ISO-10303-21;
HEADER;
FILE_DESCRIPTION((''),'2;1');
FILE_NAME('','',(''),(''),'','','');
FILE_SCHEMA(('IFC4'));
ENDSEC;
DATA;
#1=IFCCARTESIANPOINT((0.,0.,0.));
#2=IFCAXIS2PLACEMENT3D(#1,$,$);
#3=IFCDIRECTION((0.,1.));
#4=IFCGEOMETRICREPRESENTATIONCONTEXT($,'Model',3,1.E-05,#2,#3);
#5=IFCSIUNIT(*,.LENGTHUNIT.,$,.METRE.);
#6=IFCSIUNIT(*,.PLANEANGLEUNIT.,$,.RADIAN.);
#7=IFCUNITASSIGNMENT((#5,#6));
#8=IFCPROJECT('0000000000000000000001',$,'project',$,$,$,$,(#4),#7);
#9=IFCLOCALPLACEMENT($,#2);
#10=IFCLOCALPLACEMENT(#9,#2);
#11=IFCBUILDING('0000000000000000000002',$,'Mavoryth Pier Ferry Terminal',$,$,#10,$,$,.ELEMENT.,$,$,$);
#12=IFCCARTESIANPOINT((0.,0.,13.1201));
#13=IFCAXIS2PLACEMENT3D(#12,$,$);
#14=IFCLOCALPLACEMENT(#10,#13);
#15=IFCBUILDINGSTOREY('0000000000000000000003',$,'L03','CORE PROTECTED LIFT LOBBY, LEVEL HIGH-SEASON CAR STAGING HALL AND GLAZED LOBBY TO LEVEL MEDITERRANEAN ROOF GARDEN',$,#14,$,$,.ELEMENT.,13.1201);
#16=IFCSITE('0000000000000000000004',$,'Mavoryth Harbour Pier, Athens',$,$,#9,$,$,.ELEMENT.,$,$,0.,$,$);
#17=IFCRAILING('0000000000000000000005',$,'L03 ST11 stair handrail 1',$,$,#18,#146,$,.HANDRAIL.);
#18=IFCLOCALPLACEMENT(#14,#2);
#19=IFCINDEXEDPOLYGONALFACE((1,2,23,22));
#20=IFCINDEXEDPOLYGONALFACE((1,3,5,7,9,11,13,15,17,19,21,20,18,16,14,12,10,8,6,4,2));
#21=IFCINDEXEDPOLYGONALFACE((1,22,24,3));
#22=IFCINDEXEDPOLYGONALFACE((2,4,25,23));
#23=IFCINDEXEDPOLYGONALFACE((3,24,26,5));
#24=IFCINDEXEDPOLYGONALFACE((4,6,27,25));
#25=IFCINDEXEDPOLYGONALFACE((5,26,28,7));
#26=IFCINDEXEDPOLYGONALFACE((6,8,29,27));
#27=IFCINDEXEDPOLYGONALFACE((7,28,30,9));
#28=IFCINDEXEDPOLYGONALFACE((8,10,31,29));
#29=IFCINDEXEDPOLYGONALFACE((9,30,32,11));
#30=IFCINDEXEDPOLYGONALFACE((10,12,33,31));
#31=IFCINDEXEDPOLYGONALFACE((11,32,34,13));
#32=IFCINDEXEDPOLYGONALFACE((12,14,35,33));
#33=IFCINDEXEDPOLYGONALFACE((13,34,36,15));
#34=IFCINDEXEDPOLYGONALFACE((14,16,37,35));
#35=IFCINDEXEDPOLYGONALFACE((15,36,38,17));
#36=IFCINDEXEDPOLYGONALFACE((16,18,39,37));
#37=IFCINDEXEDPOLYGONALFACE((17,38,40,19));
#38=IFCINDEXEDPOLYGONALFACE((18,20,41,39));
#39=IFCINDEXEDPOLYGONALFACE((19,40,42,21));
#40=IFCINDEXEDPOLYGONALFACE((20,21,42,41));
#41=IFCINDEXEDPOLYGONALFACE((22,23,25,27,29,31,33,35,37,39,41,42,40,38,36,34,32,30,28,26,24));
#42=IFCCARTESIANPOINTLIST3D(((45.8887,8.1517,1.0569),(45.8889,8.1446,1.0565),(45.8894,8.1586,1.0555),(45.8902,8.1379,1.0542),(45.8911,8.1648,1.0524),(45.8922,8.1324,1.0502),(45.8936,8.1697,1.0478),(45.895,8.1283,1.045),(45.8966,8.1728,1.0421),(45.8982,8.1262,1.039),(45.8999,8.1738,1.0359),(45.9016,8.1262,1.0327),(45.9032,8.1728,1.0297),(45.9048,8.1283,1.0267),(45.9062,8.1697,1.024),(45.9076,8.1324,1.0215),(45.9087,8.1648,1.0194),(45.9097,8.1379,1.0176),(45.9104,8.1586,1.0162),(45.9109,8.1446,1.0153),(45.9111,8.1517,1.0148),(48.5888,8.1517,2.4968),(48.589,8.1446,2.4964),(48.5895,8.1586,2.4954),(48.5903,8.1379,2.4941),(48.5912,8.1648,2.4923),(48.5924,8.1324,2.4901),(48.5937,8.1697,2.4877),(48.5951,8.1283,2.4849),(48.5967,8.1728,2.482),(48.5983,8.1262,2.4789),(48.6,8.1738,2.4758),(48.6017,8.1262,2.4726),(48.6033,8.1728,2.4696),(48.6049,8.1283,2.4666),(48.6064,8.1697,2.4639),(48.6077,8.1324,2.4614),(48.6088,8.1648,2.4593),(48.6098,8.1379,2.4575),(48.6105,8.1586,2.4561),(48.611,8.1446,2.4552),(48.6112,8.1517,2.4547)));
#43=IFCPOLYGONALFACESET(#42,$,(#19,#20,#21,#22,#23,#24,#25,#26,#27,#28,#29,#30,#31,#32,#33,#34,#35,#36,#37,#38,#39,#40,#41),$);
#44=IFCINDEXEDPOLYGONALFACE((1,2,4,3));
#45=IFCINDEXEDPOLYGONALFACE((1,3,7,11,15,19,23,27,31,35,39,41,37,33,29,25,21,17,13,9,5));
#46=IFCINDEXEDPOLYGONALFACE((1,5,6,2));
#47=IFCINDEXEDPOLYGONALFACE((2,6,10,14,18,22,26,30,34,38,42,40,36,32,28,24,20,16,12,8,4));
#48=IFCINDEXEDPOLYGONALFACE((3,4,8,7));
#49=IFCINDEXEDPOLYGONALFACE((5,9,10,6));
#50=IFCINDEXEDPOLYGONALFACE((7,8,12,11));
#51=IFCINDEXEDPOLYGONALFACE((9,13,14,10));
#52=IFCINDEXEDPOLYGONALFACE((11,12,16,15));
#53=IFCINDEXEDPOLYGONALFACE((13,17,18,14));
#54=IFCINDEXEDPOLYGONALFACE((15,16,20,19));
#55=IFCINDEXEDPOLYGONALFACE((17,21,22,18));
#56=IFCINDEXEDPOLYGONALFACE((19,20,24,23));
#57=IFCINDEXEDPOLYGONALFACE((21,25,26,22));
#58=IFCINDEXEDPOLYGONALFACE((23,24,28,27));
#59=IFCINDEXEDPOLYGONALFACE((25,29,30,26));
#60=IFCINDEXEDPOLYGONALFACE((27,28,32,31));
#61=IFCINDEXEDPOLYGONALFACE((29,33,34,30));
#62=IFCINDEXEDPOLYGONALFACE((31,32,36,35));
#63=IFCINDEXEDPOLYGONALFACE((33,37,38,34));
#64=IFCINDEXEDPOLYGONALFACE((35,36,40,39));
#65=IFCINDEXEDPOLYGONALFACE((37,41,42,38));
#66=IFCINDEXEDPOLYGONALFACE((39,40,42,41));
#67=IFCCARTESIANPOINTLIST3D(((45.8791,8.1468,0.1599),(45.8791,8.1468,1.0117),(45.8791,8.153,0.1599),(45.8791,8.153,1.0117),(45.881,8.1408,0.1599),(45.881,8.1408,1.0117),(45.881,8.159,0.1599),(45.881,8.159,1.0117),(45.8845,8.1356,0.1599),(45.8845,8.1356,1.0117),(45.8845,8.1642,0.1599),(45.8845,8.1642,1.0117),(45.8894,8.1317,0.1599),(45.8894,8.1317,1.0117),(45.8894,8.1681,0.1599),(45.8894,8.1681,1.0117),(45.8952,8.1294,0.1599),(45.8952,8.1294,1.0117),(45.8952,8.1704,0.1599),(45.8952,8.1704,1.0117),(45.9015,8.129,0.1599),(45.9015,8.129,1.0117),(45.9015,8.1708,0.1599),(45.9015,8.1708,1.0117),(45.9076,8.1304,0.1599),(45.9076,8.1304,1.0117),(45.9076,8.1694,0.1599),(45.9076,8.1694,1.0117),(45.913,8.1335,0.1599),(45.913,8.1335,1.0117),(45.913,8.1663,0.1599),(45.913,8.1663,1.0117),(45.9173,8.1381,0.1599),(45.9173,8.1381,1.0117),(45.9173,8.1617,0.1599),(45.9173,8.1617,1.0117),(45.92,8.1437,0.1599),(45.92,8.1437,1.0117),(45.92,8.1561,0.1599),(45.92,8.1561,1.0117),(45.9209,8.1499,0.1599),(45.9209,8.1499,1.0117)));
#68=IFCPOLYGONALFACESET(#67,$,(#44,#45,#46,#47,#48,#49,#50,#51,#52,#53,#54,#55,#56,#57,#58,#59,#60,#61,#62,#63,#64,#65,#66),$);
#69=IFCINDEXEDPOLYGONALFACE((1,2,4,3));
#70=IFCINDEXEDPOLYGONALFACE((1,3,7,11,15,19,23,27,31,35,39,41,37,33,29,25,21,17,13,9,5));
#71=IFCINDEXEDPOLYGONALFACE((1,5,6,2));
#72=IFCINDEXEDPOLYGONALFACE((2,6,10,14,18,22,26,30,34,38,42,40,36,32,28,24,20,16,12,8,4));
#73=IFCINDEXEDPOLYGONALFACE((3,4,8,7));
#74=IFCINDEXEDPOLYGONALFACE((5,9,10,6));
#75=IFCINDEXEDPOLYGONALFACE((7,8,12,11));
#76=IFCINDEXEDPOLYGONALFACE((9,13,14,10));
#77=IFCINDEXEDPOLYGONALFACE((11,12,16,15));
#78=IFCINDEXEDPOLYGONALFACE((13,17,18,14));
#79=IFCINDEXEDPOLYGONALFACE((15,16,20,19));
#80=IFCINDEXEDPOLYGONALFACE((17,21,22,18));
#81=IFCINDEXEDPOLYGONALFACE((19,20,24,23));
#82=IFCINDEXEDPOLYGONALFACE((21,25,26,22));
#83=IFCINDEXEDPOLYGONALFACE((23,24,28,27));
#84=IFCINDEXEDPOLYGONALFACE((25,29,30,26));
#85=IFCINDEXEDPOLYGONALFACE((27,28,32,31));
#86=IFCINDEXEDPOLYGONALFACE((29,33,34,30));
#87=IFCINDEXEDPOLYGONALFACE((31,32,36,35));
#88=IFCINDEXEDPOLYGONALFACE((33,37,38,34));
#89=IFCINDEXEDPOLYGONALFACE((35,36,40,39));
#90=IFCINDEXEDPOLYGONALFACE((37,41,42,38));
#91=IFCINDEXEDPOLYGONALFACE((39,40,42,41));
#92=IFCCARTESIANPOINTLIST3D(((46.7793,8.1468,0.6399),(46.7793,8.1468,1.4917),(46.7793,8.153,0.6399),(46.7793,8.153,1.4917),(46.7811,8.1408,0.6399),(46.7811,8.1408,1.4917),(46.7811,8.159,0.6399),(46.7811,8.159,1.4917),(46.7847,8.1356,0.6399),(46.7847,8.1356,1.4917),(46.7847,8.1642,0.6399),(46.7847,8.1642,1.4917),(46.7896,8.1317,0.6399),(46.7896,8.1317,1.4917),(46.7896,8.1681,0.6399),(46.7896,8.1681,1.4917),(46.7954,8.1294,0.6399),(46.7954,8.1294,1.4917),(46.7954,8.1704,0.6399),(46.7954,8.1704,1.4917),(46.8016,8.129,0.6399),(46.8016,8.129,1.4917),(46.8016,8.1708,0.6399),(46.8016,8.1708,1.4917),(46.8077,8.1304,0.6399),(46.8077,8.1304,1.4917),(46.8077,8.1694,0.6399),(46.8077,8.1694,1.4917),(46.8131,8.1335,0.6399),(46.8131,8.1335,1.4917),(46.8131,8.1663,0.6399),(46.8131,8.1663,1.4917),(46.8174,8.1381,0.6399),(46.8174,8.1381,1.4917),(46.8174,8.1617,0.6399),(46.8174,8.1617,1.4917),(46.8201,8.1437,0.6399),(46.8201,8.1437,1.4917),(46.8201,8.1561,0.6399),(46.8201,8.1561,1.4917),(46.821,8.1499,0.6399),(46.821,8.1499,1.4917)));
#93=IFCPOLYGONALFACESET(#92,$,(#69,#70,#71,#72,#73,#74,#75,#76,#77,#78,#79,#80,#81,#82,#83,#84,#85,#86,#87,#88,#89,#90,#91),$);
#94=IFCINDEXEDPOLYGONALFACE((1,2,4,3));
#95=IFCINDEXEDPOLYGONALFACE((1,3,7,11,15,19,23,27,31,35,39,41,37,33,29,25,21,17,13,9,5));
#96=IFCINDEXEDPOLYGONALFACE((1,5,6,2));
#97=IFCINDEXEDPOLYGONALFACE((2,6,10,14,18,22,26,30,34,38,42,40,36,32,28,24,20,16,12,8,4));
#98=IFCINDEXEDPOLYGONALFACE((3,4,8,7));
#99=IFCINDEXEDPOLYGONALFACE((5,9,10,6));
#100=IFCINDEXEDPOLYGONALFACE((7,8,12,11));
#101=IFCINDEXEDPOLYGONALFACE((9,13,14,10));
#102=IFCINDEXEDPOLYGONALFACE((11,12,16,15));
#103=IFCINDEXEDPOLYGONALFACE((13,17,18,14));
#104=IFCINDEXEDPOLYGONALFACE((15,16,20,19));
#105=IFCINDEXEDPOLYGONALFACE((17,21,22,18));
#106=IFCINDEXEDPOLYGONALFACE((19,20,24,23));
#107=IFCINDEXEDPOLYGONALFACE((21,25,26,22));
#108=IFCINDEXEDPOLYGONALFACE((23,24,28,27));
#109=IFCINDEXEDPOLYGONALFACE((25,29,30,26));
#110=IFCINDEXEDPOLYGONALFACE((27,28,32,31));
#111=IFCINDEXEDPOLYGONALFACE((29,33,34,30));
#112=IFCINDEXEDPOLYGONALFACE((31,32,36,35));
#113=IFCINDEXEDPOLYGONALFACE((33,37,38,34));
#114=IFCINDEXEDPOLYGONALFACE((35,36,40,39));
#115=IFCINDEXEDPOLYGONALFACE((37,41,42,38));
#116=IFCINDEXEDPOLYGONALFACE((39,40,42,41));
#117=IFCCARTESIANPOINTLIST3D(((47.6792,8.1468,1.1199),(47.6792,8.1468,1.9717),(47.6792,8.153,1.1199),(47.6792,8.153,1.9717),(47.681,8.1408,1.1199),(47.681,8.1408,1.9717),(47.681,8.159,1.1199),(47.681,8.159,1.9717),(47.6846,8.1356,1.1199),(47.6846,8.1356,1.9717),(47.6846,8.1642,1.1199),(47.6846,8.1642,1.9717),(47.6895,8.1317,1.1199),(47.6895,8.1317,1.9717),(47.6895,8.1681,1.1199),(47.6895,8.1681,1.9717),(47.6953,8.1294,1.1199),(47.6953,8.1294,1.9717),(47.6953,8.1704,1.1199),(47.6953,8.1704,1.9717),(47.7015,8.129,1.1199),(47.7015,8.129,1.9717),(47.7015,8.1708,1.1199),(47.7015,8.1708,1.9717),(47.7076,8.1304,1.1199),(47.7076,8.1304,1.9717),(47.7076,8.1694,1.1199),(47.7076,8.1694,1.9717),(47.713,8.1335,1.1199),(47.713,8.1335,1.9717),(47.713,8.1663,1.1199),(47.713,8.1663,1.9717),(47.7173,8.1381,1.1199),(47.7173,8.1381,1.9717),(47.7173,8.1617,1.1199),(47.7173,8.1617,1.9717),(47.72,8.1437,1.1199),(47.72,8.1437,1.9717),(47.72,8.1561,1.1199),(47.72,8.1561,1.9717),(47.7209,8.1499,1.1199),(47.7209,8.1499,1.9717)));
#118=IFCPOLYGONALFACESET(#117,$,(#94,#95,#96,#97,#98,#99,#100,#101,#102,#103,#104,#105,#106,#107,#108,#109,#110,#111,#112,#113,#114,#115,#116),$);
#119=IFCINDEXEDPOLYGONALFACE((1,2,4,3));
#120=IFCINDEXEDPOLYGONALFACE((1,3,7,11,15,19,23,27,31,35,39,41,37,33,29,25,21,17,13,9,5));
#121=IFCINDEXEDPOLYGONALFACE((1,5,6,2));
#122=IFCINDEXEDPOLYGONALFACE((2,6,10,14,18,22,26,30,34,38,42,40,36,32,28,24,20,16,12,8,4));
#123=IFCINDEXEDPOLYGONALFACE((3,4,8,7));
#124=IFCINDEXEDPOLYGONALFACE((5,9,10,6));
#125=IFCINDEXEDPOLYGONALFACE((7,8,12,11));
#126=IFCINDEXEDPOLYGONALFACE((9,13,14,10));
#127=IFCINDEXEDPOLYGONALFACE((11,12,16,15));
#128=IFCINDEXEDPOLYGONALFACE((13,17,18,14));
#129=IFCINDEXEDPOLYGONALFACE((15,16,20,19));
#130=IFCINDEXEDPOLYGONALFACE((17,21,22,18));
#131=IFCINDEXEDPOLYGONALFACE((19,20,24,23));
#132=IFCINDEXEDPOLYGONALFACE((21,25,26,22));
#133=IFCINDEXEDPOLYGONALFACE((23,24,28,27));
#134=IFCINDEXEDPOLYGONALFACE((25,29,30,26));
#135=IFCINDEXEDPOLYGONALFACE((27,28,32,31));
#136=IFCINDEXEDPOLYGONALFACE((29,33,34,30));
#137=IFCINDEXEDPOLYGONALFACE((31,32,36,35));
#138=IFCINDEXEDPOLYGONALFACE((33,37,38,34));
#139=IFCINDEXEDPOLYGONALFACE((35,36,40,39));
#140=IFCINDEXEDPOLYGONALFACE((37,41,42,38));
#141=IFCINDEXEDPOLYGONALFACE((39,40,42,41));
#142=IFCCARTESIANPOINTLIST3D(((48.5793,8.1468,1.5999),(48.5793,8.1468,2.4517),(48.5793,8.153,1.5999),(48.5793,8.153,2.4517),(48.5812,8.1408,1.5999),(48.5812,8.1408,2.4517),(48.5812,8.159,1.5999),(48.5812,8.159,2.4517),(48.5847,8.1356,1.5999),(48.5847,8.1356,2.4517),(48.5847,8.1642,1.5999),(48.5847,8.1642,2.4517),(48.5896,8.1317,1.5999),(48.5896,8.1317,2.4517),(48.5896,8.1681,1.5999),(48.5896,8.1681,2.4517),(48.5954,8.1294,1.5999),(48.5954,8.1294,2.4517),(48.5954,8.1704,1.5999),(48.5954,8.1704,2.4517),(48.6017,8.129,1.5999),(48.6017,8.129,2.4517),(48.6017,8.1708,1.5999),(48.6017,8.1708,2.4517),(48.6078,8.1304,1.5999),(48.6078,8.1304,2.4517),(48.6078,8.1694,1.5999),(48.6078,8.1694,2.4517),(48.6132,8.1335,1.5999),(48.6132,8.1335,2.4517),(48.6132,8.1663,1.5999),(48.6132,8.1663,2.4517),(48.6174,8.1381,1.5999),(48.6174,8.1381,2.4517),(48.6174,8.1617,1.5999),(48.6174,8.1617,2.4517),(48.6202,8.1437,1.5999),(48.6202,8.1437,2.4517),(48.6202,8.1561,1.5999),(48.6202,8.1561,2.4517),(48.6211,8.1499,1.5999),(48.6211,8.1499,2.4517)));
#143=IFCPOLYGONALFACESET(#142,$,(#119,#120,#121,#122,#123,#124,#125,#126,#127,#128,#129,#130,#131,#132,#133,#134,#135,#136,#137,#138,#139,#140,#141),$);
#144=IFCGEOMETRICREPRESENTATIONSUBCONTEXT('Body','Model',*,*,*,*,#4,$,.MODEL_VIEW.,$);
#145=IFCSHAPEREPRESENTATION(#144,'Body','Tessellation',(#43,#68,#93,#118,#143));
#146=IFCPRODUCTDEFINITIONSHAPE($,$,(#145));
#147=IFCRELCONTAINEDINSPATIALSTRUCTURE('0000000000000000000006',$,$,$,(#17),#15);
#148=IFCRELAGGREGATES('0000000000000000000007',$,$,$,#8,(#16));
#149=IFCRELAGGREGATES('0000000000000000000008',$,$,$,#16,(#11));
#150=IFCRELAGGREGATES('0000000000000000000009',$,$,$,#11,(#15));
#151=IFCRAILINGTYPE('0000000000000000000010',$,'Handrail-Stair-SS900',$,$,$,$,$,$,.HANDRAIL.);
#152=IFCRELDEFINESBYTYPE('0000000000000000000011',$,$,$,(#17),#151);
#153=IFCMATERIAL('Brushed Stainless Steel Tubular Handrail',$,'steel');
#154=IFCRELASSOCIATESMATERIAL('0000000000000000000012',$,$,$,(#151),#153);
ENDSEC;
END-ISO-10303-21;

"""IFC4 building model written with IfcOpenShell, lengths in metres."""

from ifc_helpers import new_model, si_unit, direction, frame, origin, origin_2d, place, context, subcontext, project, spatial, circle, extrude, material, type_object, element, save


model = new_model("IFC4")

# Units and contexts
model_context = context("Model", 3, precision=1e-05, world=origin(), true_north=direction((0.0, 1.0)))
body_context = subcontext(model_context, "Body", "Model", "MODEL_VIEW")
ifc_project = project(units=[si_unit("LENGTHUNIT", "METRE"), si_unit("PLANEANGLEUNIT", "RADIAN")], contexts=[model_context])

# Site, building, storey
site_placement = place(None, origin())
site = spatial("IfcSite", under=ifc_project, at=site_placement, Name="Mavoryth Harbour Pier, Athens", CompositionType="ELEMENT", RefElevation=0.0)
building_placement = place(site_placement, origin())
building = spatial("IfcBuilding", under=site, at=building_placement, Name="Mavoryth Pier Ferry Terminal", CompositionType="ELEMENT")
storey_placement = place(building_placement, frame((0.0, 0.0, 13.1201)))
storey = spatial("IfcBuildingStorey", under=building, at=storey_placement, Name="L03", Description="CORE PROTECTED LIFT LOBBY, LEVEL HIGH-SEASON CAR STAGING HALL AND GLAZED LOBBY TO LEVEL MEDITERRANEAN ROOF GARDEN", CompositionType="ELEMENT", Elevation=13.1201)

# Railing
ifc_material_1 = material(Name="Brushed Stainless Steel Tubular Handrail", Category="steel")
railing_type_1 = type_object("IfcRailingType", Name="Handrail-Stair-SS900", PredefinedType="HANDRAIL", material=ifc_material_1)
railing_1_placement = place(storey_placement, frame((45.8999, 8.1499, 0.1599)))
element("IfcRailing", 1, at=railing_1_placement, inside=storey, type_object=railing_type_1, Name="L03 ST11 stair handrail 1", PredefinedType="HANDRAIL", context=body_context, shape_type="SweptSolid", body=[
    extrude(circle(Radius=0.0239, at=origin_2d()), frame((0.0, 0.0, 0.876), z_axis=(0.882375, 0.0, 0.470547), x_axis=(0.0, 1.0, 0.0)), (0.0, 0.0, 1.0), 3.0601),
    extrude(circle(Radius=0.021, at=origin_2d()), origin(), (0.0, 0.0, 1.0), 0.8518),
    extrude(circle(Radius=0.021, at=origin_2d()), frame((0.9001, 0.0, 0.48)), (0.0, 0.0, 1.0), 0.8518),
    extrude(circle(Radius=0.021, at=origin_2d()), frame((1.8, 0.0, 0.96)), (0.0, 0.0, 1.0), 0.8518),
    extrude(circle(Radius=0.021, at=origin_2d()), frame((2.7002, 0.0, 1.4399)), (0.0, 0.0, 1.0), 0.8518),
])

save(model, "model.ifc")
